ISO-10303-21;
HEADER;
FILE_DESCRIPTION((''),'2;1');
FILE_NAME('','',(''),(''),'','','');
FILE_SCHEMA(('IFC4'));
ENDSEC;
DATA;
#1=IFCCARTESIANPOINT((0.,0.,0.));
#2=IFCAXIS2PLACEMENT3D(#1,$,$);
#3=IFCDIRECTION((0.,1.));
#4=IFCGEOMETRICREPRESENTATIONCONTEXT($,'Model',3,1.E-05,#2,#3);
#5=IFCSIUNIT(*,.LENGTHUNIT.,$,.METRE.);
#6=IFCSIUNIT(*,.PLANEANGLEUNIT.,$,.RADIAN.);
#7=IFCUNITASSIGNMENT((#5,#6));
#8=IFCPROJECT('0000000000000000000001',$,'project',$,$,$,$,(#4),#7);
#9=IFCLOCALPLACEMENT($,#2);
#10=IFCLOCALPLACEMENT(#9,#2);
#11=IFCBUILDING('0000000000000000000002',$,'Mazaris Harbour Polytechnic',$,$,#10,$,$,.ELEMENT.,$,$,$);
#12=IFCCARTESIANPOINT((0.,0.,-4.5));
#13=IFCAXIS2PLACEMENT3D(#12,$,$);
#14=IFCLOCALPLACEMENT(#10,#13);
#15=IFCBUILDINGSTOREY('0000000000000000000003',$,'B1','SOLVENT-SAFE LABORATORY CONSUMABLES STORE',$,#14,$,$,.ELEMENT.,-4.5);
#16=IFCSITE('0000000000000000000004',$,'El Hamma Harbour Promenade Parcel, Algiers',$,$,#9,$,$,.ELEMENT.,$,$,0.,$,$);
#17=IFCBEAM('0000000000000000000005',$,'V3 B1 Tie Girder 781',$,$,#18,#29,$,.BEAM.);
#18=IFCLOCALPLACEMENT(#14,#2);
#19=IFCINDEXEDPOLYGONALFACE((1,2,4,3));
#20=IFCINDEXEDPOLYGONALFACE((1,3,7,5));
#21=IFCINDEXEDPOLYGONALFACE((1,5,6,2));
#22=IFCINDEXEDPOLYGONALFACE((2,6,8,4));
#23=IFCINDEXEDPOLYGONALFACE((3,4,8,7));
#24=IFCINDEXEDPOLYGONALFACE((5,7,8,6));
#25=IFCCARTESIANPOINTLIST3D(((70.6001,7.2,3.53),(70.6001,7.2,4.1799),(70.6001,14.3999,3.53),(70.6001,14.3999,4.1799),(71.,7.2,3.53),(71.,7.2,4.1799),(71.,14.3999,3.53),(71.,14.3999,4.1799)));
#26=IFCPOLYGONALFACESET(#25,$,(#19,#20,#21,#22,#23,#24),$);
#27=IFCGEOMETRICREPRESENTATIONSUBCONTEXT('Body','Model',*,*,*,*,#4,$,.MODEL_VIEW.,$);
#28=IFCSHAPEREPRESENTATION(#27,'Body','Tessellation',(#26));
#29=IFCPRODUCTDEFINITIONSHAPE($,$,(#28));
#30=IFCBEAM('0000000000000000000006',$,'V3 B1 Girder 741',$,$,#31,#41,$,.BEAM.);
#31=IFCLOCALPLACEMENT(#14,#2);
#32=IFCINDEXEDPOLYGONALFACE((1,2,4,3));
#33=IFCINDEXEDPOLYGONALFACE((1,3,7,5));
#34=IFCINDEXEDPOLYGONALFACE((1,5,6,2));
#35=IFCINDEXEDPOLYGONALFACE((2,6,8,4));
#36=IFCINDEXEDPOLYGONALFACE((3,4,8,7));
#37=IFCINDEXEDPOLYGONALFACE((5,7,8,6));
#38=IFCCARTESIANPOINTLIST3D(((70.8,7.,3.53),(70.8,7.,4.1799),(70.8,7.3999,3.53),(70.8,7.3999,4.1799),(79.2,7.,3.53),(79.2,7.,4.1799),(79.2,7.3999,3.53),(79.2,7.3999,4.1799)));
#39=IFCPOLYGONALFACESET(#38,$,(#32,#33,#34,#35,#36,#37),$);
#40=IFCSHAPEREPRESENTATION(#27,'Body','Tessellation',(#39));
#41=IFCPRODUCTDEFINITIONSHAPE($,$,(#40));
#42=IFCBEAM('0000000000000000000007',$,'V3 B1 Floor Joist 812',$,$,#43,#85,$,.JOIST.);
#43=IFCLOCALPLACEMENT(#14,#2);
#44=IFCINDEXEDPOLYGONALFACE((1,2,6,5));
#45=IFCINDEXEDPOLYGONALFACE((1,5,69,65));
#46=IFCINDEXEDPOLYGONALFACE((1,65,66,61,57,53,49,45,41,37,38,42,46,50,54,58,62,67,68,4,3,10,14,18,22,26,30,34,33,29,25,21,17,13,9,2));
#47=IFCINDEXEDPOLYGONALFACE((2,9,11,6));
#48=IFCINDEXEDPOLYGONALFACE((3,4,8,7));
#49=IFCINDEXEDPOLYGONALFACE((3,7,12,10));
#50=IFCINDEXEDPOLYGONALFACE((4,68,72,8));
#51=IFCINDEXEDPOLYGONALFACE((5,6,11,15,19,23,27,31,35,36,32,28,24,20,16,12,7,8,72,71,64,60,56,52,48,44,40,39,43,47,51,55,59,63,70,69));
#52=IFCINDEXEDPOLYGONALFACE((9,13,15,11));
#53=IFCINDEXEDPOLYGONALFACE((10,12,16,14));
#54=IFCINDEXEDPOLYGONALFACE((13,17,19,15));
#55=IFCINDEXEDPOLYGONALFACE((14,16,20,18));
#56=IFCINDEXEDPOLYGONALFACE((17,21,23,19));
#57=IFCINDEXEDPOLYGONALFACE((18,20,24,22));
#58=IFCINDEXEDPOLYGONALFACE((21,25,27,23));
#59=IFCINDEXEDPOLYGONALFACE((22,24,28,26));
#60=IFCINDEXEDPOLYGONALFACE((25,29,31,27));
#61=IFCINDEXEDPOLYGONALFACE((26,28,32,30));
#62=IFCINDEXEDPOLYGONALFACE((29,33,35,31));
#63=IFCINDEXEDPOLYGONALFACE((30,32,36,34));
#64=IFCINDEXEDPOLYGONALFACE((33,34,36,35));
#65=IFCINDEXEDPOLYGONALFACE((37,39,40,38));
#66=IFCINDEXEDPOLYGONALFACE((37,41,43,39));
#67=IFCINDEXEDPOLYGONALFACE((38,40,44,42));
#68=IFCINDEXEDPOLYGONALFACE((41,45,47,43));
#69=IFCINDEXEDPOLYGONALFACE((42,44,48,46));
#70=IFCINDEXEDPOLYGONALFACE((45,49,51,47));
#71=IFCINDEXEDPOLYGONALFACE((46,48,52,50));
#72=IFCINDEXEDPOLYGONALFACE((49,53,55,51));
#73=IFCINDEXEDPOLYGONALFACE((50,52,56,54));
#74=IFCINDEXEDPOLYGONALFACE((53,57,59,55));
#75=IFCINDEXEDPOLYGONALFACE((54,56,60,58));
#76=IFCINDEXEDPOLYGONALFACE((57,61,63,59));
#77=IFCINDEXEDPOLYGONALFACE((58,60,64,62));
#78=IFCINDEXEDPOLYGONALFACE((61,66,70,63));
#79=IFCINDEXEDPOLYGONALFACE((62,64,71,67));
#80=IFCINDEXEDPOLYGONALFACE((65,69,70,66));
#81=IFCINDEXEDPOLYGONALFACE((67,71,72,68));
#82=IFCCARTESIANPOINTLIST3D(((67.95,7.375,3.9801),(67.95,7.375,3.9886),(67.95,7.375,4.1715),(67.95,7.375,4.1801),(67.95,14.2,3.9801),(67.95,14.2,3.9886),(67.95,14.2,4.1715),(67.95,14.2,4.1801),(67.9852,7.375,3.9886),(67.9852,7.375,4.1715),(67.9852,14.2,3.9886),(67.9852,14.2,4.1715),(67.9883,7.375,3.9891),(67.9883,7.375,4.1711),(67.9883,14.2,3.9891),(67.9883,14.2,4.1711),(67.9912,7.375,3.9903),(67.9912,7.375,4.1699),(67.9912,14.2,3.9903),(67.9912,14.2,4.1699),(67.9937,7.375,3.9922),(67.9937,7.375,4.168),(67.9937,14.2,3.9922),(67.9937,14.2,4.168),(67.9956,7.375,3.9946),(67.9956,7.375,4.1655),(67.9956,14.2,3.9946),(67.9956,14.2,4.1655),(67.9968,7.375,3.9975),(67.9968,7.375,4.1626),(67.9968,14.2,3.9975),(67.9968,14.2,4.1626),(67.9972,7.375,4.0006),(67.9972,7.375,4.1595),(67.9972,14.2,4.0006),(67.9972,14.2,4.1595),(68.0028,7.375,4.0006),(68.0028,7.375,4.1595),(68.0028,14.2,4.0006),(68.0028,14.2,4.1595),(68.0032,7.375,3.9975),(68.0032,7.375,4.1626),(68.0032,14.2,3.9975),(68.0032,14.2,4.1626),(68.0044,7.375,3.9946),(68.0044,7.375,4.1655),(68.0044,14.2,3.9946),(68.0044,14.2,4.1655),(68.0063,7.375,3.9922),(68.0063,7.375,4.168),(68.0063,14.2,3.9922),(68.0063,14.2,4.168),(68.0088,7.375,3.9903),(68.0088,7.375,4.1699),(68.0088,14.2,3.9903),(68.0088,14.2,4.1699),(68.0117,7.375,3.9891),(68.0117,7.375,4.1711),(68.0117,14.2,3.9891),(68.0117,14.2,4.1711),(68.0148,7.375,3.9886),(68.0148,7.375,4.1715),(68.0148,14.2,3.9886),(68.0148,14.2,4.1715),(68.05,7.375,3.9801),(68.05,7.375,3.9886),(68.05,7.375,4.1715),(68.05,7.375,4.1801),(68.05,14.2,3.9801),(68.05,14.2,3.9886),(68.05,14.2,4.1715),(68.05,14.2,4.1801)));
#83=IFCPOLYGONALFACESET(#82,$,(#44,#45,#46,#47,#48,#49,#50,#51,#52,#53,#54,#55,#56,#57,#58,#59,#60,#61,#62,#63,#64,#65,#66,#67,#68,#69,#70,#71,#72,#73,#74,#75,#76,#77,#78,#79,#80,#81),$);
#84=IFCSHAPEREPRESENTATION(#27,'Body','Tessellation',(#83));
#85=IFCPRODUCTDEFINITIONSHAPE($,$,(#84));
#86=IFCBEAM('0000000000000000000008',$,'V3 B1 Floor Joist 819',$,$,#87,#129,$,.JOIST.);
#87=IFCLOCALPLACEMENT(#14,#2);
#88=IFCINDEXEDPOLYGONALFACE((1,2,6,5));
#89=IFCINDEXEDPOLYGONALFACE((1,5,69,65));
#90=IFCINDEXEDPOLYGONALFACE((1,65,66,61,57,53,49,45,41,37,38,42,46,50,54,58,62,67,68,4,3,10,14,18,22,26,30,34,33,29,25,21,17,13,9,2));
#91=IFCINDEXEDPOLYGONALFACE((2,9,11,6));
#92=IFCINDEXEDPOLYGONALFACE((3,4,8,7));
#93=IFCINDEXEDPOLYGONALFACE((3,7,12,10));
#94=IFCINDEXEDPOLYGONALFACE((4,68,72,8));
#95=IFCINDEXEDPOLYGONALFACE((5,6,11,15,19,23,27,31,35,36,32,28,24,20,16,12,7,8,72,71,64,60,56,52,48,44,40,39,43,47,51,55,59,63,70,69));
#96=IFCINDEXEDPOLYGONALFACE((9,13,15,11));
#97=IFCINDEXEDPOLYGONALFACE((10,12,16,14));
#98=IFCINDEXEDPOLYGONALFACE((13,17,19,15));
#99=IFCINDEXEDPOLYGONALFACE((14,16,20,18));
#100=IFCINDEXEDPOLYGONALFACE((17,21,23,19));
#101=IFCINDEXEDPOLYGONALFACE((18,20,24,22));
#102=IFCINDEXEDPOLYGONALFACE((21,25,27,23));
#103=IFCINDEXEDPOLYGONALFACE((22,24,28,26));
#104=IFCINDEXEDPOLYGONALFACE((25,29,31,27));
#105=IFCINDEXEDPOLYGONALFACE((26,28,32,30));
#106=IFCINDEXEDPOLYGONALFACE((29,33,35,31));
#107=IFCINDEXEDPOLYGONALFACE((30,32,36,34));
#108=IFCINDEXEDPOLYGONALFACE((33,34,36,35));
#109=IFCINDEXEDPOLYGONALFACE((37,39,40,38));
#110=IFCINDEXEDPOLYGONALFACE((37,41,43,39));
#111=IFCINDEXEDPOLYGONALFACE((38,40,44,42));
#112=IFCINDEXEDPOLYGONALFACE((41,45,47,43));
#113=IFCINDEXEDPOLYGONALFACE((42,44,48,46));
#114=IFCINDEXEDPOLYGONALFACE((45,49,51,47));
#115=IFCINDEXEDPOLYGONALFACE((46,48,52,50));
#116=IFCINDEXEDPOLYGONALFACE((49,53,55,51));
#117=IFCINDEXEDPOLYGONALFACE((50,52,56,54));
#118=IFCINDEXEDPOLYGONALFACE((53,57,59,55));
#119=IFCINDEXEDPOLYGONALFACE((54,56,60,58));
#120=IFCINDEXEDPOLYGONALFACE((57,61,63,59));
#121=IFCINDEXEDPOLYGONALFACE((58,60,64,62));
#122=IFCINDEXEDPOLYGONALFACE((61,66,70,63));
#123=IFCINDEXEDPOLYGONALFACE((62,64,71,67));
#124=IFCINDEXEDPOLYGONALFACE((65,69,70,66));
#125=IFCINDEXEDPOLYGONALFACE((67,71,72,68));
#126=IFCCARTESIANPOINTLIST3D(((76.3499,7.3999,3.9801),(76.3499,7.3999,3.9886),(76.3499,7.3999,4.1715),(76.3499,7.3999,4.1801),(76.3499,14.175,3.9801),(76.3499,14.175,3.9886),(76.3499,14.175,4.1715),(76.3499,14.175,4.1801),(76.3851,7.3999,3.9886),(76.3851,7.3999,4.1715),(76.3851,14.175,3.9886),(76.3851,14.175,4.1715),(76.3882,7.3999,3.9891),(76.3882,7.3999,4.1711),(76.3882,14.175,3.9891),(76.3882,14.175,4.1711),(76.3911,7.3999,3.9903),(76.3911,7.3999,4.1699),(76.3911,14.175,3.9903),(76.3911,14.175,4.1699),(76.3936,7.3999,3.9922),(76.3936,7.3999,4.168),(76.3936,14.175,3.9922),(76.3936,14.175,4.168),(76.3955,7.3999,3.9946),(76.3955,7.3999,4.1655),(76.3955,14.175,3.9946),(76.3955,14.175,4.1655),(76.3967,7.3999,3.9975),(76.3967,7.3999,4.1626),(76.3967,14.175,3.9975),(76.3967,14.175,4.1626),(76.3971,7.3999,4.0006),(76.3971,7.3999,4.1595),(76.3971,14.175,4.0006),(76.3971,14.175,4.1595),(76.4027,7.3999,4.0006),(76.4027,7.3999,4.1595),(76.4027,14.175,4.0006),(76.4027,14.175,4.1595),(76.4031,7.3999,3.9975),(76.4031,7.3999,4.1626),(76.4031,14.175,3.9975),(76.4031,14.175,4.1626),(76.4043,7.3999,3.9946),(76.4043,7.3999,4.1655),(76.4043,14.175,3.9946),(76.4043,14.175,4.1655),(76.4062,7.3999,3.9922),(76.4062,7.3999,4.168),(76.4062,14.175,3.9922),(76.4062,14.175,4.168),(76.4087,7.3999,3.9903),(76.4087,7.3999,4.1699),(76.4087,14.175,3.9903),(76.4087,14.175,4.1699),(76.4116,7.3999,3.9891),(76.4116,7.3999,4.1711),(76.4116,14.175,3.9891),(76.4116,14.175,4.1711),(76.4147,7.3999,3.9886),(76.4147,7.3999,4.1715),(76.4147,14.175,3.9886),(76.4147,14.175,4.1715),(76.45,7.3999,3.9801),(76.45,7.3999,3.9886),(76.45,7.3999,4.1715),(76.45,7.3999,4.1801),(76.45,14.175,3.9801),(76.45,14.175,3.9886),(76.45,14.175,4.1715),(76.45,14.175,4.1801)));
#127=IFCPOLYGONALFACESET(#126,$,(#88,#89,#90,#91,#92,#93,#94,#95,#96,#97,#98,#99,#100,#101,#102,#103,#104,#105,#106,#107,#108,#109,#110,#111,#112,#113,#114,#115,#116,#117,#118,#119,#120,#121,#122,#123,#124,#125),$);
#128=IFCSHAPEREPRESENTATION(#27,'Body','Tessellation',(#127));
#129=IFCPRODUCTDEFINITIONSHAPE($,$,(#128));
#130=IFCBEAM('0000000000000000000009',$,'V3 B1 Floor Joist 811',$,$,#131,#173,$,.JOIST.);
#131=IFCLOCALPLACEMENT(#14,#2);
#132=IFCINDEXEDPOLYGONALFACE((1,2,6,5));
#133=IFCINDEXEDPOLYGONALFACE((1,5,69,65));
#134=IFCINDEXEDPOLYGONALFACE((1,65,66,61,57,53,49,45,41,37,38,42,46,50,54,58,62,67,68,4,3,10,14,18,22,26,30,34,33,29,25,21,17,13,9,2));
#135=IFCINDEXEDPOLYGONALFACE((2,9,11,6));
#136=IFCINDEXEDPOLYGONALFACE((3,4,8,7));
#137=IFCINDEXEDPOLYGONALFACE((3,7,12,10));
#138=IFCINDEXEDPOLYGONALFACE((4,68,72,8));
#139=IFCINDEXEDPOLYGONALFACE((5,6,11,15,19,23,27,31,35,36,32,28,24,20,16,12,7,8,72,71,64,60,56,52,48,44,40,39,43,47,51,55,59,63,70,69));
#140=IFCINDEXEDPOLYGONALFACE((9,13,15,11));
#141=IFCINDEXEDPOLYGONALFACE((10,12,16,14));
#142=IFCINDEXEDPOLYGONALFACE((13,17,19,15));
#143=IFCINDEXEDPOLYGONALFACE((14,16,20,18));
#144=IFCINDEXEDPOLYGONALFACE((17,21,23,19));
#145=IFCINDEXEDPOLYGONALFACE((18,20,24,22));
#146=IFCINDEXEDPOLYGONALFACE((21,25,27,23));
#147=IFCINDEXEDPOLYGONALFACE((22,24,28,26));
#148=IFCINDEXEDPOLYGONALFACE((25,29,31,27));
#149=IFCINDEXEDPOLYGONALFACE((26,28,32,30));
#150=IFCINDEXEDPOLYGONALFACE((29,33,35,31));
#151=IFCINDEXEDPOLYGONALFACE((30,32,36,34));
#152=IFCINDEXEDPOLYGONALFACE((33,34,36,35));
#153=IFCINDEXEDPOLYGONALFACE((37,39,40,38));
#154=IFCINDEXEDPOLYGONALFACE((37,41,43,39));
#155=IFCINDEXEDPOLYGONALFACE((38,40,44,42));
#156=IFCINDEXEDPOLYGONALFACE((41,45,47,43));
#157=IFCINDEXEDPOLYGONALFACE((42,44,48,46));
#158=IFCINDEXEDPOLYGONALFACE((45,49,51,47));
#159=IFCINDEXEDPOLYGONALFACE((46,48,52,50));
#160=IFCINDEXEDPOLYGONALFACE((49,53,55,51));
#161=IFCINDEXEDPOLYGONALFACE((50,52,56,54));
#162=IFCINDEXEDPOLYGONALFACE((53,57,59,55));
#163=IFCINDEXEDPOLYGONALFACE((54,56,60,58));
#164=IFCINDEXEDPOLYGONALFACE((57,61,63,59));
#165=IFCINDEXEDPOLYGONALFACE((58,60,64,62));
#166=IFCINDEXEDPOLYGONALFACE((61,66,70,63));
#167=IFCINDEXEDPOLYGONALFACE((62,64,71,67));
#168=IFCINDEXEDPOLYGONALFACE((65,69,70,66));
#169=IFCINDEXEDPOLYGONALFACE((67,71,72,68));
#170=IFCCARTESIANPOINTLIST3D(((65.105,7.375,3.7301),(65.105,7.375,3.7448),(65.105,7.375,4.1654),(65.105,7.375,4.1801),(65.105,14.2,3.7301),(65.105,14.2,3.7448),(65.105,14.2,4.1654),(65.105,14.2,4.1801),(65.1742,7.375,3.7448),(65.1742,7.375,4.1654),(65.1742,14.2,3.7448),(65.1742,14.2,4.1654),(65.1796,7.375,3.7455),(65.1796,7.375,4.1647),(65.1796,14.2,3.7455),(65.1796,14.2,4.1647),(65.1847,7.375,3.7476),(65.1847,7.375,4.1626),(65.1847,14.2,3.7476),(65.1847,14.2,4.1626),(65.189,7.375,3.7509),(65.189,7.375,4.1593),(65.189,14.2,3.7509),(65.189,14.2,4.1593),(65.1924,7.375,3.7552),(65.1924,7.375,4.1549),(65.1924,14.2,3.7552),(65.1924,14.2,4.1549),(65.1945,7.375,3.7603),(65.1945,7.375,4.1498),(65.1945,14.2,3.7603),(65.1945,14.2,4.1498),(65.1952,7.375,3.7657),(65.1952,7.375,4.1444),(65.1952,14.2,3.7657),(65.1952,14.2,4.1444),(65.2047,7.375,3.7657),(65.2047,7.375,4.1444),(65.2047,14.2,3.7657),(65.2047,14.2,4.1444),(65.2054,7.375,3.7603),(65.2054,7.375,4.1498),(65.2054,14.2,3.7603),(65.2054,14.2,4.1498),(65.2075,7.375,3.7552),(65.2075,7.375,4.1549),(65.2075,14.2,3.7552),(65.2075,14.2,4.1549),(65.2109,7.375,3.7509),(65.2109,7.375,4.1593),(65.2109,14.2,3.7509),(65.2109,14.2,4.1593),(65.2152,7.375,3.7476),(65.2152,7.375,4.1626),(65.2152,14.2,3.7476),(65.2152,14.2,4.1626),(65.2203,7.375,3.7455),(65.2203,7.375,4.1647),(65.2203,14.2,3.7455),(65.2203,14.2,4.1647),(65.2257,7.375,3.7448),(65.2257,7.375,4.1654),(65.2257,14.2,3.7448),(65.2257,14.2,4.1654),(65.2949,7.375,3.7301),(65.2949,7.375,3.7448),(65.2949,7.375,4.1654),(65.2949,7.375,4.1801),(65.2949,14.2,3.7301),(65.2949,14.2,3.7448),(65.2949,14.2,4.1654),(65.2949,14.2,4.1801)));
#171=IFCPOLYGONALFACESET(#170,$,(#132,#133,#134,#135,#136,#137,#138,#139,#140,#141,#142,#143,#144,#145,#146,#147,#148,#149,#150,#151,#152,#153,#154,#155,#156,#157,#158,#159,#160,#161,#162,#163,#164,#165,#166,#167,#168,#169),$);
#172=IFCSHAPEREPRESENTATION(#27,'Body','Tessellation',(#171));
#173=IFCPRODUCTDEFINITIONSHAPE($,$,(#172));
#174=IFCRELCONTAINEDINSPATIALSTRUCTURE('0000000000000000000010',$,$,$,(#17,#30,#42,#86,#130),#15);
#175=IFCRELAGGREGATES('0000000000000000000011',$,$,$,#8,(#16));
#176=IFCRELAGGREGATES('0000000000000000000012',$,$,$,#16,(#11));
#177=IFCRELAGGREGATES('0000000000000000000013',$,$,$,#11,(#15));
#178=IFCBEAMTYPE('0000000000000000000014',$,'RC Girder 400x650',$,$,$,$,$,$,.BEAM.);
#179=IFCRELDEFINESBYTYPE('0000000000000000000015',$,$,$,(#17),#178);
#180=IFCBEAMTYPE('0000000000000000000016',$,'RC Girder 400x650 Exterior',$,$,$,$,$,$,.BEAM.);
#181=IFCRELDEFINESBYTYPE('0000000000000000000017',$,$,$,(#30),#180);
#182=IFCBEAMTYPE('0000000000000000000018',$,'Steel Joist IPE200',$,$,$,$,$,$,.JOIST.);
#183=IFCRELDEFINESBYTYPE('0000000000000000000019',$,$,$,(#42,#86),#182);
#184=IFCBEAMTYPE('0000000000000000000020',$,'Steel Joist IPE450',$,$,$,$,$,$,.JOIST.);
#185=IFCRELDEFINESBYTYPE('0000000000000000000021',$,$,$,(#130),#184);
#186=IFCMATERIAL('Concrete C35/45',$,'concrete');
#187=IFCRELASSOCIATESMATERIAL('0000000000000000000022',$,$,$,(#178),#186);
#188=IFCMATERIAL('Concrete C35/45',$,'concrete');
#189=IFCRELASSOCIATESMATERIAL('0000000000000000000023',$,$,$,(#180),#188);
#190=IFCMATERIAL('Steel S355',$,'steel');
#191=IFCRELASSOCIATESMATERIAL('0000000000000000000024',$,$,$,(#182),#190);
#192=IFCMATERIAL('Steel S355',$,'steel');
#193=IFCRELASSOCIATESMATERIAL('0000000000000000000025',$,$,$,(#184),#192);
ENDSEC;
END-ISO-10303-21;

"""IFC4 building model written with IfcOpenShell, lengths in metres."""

from ifc_helpers import new_model, si_unit, direction, frame, origin, origin_2d, place, context, subcontext, project, spatial, rectangle, i_section, extrude, material, material_profile, profile_set, type_object, element, save


model = new_model("IFC4")

# Units and contexts
model_context = context("Model", 3, precision=1e-05, world=origin(), true_north=direction((0.0, 1.0)))
body_context = subcontext(model_context, "Body", "Model", "MODEL_VIEW")
ifc_project = project(units=[si_unit("LENGTHUNIT", "METRE"), si_unit("PLANEANGLEUNIT", "RADIAN")], contexts=[model_context])

# Site, building, storey
site_placement = place(None, origin())
site = spatial("IfcSite", under=ifc_project, at=site_placement, Name="El Hamma Harbour Promenade Parcel, Algiers", CompositionType="ELEMENT", RefElevation=0.0)
building_placement = place(site_placement, origin())
building = spatial("IfcBuilding", under=site, at=building_placement, Name="Mazaris Harbour Polytechnic", CompositionType="ELEMENT")
storey_placement = place(building_placement, frame((0.0, 0.0, -4.5)))
storey = spatial("IfcBuildingStorey", under=building, at=storey_placement, Name="B1", Description="SOLVENT-SAFE LABORATORY CONSUMABLES STORE", CompositionType="ELEMENT", Elevation=-4.5)

# Beams
ifc_material_1 = material(Name="Concrete C35/45", Category="concrete")
ifc_material_profile_1 = material_profile(ifc_material_1, rectangle(XDim=0.3999, YDim=0.6499, at=origin_2d()), Name="RECT400x650")
ifc_profile_set_1 = profile_set([ifc_material_profile_1], Name="Concrete C35/45")
beam_type_1 = type_object("IfcBeamType", Name="RC Girder 400x650", PredefinedType="BEAM", material=ifc_profile_set_1)
beam_1_placement = place(storey_placement, frame((70.8, 7.2, 3.855), z_axis=(0.0, 1.0, 0.0), x_axis=(-1.0, 0.0, 0.0)))
element("IfcBeam", 1, at=beam_1_placement, inside=storey, type_object=beam_type_1, Name="V3 B1 Tie Girder 781", PredefinedType="BEAM", context=body_context, shape_type="SweptSolid", body=[
    extrude(rectangle(XDim=0.3999, YDim=0.6499, at=origin_2d()), origin(), (0.0, 0.0, 1.0), 7.2),
])
ifc_material_2 = material(Name="Concrete C35/45", Category="concrete")
ifc_material_profile_2 = material_profile(ifc_material_2, rectangle(XDim=0.3999, YDim=0.6499, at=origin_2d()), Name="RECT400x650")
ifc_profile_set_2 = profile_set([ifc_material_profile_2], Name="Concrete C35/45")
beam_type_2 = type_object("IfcBeamType", Name="RC Girder 400x650 Exterior", PredefinedType="BEAM", material=ifc_profile_set_2)
beam_2_placement = place(storey_placement, frame((70.8, 7.2, 3.855), z_axis=(1.0, 0.0, 0.0), x_axis=(0.0, 1.0, 0.0)))
element("IfcBeam", 2, at=beam_2_placement, inside=storey, type_object=beam_type_2, Name="V3 B1 Girder 741", PredefinedType="BEAM", context=body_context, shape_type="SweptSolid", body=[
    extrude(rectangle(XDim=0.3999, YDim=0.6499, at=origin_2d()), origin(), (0.0, 0.0, 1.0), 8.3999),
])
ifc_material_3 = material(Name="Steel S355", Category="steel")
ifc_material_profile_3 = material_profile(ifc_material_3, i_section(OverallWidth=0.1001, OverallDepth=0.2, WebThickness=0.0056, FlangeThickness=0.0085, FilletRadius=0.012, at=origin_2d()), Name="IPE 200")
ifc_profile_set_3 = profile_set([ifc_material_profile_3], Name="Steel S355")
beam_type_3 = type_object("IfcBeamType", Name="Steel Joist IPE200", PredefinedType="JOIST", material=ifc_profile_set_3)
beam_3_placement = place(storey_placement, frame((68.0, 7.375, 4.0801), z_axis=(0.0, 1.0, 0.0), x_axis=(-1.0, 0.0, 0.0)))
element("IfcBeam", 3, at=beam_3_placement, inside=storey, type_object=beam_type_3, Name="V3 B1 Floor Joist 812", PredefinedType="JOIST", context=body_context, shape_type="SweptSolid", body=[
    extrude(i_section(OverallWidth=0.1001, OverallDepth=0.2, WebThickness=0.0056, FlangeThickness=0.0085, FilletRadius=0.012, at=origin_2d()), origin(), (0.0, 0.0, 1.0), 6.825),
])
beam_4_placement = place(storey_placement, frame((76.3999, 7.3999, 4.0801), z_axis=(0.0, 1.0, 0.0), x_axis=(-1.0, 0.0, 0.0)))
element("IfcBeam", 4, at=beam_4_placement, inside=storey, type_object=beam_type_3, Name="V3 B1 Floor Joist 819", PredefinedType="JOIST", context=body_context, shape_type="SweptSolid", body=[
    extrude(i_section(OverallWidth=0.1001, OverallDepth=0.2, WebThickness=0.0056, FlangeThickness=0.0085, FilletRadius=0.012, at=origin_2d()), origin(), (0.0, 0.0, 1.0), 6.7751),
])
ifc_material_4 = material(Name="Steel S355", Category="steel")
ifc_material_profile_4 = material_profile(ifc_material_4, i_section(OverallWidth=0.1899, OverallDepth=0.45, WebThickness=0.0095, FlangeThickness=0.0146, FilletRadius=0.021, at=origin_2d()), Name="IPE 450")
ifc_profile_set_4 = profile_set([ifc_material_profile_4], Name="Steel S355")
beam_type_4 = type_object("IfcBeamType", Name="Steel Joist IPE450", PredefinedType="JOIST", material=ifc_profile_set_4)
beam_5_placement = place(storey_placement, frame((65.2, 7.375, 3.9551), z_axis=(0.0, 1.0, 0.0), x_axis=(-1.0, 0.0, 0.0)))
element("IfcBeam", 5, at=beam_5_placement, inside=storey, type_object=beam_type_4, Name="V3 B1 Floor Joist 811", PredefinedType="JOIST", context=body_context, shape_type="SweptSolid", body=[
    extrude(i_section(OverallWidth=0.1899, OverallDepth=0.45, WebThickness=0.0095, FlangeThickness=0.0146, FilletRadius=0.021, at=origin_2d()), origin(), (0.0, 0.0, 1.0), 6.825),
])

save(model, "model.ifc")
